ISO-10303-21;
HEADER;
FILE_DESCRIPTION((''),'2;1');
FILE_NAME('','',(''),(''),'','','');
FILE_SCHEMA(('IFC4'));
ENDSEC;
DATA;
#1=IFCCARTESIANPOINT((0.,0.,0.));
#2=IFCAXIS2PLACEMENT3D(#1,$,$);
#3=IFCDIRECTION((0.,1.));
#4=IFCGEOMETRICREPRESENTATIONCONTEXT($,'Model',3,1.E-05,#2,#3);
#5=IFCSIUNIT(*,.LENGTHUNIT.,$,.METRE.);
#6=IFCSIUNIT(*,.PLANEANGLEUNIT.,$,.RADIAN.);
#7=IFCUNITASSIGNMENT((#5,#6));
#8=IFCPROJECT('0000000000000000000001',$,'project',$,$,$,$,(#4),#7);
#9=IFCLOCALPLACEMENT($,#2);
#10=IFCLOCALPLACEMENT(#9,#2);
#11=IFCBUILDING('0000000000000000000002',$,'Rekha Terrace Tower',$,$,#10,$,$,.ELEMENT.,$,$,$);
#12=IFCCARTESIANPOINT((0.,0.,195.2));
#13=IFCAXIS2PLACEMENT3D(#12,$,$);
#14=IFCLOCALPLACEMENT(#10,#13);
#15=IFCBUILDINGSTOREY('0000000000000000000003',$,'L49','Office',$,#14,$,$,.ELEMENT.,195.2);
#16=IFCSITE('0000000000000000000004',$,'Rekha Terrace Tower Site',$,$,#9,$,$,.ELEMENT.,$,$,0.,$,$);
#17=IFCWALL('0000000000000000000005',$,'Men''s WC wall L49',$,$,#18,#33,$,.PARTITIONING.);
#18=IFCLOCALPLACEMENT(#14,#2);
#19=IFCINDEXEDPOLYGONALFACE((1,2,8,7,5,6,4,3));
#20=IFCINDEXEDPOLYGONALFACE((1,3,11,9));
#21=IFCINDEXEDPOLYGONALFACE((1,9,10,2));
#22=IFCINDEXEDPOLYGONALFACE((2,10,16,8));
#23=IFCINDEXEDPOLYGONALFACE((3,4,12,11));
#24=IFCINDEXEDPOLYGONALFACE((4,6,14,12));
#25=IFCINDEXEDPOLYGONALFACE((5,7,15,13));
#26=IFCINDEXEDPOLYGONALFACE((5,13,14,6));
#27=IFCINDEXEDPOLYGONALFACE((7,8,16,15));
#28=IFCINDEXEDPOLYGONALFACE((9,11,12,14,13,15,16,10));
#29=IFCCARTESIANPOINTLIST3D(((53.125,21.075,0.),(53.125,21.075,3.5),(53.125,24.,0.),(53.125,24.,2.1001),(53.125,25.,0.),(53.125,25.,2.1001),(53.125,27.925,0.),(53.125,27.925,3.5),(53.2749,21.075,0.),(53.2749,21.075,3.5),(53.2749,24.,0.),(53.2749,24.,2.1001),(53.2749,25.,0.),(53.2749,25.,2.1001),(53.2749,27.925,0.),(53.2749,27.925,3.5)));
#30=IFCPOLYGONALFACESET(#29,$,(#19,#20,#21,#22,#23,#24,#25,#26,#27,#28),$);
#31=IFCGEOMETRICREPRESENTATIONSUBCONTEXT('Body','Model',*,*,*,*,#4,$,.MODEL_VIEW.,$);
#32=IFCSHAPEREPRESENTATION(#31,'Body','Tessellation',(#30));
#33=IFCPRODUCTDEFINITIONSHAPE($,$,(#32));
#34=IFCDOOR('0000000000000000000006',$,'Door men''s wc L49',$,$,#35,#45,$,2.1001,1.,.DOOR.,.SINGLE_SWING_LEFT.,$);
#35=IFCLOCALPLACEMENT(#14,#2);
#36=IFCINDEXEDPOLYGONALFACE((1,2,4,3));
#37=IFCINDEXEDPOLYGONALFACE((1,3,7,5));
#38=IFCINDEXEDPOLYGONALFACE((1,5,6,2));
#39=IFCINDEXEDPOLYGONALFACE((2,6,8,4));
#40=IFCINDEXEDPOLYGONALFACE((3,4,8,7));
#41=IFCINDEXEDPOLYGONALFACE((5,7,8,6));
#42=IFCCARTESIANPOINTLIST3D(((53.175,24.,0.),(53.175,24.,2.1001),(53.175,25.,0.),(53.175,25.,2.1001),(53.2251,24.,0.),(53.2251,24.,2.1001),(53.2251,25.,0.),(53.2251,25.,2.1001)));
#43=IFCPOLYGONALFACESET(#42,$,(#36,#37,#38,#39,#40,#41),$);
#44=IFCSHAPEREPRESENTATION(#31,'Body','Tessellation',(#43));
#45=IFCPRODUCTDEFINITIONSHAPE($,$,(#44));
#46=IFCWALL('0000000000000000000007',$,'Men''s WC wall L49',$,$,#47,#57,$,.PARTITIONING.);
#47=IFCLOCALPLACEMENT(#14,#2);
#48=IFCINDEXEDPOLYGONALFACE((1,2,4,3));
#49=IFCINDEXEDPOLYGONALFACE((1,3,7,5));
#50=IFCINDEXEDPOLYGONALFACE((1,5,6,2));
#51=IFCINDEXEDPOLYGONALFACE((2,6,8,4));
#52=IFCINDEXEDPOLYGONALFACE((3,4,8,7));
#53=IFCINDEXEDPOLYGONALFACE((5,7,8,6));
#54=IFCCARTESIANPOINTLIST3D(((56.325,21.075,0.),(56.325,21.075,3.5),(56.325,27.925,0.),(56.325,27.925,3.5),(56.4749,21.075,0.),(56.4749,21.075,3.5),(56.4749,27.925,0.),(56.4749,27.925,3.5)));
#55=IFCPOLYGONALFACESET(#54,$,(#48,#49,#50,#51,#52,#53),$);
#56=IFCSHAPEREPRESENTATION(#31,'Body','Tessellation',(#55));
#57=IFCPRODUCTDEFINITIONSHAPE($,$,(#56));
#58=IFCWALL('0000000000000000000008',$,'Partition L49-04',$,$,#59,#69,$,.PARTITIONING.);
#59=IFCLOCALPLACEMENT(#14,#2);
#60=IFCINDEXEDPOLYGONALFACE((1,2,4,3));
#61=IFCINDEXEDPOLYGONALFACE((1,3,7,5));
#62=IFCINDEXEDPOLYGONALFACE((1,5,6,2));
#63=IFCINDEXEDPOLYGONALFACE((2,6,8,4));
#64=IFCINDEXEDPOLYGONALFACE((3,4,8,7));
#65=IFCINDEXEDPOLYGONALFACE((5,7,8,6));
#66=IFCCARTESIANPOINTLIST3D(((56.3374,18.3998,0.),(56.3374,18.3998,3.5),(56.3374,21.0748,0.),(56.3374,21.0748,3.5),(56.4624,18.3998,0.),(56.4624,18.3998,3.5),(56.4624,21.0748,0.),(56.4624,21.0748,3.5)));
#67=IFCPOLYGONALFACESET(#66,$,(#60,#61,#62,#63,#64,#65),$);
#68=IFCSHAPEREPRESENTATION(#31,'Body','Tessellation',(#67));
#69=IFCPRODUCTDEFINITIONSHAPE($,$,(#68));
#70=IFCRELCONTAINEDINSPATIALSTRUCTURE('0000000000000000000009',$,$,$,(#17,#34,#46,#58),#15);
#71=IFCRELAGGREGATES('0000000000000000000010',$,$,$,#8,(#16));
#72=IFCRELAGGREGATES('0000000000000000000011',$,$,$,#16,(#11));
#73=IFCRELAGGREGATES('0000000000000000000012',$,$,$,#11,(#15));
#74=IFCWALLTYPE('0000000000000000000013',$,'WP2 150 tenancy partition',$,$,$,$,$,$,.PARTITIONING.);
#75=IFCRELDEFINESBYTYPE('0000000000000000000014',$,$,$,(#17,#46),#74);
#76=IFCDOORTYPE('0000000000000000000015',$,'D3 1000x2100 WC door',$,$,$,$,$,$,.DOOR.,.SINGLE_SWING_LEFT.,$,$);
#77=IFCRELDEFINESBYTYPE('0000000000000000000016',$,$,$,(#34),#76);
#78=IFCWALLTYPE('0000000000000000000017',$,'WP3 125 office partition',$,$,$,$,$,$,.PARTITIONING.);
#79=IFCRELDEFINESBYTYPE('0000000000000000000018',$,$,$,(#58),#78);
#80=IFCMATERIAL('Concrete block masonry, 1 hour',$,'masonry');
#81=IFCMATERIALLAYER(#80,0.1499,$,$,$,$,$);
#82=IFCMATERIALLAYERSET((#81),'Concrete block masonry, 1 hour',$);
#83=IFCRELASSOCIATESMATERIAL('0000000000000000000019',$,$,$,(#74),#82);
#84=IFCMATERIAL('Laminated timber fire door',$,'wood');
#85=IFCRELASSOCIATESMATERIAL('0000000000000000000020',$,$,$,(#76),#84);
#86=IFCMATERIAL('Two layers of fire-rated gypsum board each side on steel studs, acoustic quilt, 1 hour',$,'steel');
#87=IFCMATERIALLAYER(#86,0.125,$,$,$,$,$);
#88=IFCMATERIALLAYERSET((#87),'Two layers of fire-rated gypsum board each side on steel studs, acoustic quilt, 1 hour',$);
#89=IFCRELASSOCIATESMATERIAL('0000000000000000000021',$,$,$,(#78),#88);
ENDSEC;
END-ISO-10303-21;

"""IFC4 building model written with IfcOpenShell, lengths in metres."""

from ifc_helpers import new_model, si_unit, direction, frame, frame_2d, origin, place, context, subcontext, project, spatial, rectangle, extrude, material, layer, layer_set, type_object, element, fill, save


model = new_model("IFC4")

# Units and contexts
model_context = context("Model", 3, precision=1e-05, world=origin(), true_north=direction((0.0, 1.0)))
body_context = subcontext(model_context, "Body", "Model", "MODEL_VIEW")
ifc_project = project(units=[si_unit("LENGTHUNIT", "METRE"), si_unit("PLANEANGLEUNIT", "RADIAN")], contexts=[model_context])

# Site, building, storey
site_placement = place(None, origin())
site = spatial("IfcSite", under=ifc_project, at=site_placement, Name="Rekha Terrace Tower Site", CompositionType="ELEMENT", RefElevation=0.0)
building_placement = place(site_placement, origin())
building = spatial("IfcBuilding", under=site, at=building_placement, Name="Rekha Terrace Tower", CompositionType="ELEMENT")
storey_placement = place(building_placement, frame((0.0, 0.0, 195.2)))
storey = spatial("IfcBuildingStorey", under=building, at=storey_placement, Name="L49", Description="Office", CompositionType="ELEMENT", Elevation=195.2)

# Shared definitions
ifc_material_1 = material(Name="Concrete block masonry, 1 hour", Category="masonry")
ifc_layer_1 = layer(ifc_material_1, 0.1499)
ifc_layer_set_1 = layer_set([ifc_layer_1], Name="Concrete block masonry, 1 hour")
wall_type_1 = type_object("IfcWallType", Name="WP2 150 tenancy partition", PredefinedType="PARTITIONING", material=ifc_layer_set_1)

# Wall, opening, door
wall_1_placement = place(storey_placement, frame((53.2, 21.075, 0.0), z_axis=(0.0, 0.0, 1.0), x_axis=(0.0, 1.0, 0.0)))
wall_1 = element("IfcWall", 1, at=wall_1_placement, inside=storey, type_object=wall_type_1, Name="Men's WC wall L49", PredefinedType="PARTITIONING", context=body_context, shape_type="SweptSolid", body=[
    extrude(rectangle(XDim=6.8501, YDim=0.1499, at=frame_2d((3.425, 0.0))), origin(), (0.0, 0.0, 1.0), 3.5),
])
opening_placement = place(wall_1_placement, frame((2.925, 0.0, 0.0)))
opening = element("IfcOpeningElement", 2, at=opening_placement, cuts=wall_1, PredefinedType="OPENING", context=body_context, shape_type="SweptSolid", body=[
    extrude(rectangle(XDim=1.0, YDim=2.1001, at=frame_2d((0.5, 1.05))), frame((0.0, 0.085, 0.0), z_axis=(0.0, -1.0, 0.0), x_axis=(1.0, 0.0, 0.0)), (0.0, 0.0, 1.0), 0.1699),
])
ifc_material_2 = material(Name="Laminated timber fire door", Category="wood")
door_type = type_object("IfcDoorType", Name="D3 1000x2100 WC door", OperationType="SINGLE_SWING_LEFT", PredefinedType="DOOR", material=ifc_material_2)
door_placement = place(opening_placement, origin())
door = element("IfcDoor", 3, at=door_placement, inside=storey, type_object=door_type, Name="Door men's wc L49", OperationType="SINGLE_SWING_LEFT", OverallHeight=2.1001, OverallWidth=1.0, PredefinedType="DOOR", context=body_context, shape_type="SweptSolid", body=[
    extrude(rectangle(XDim=1.0, YDim=2.1001, at=frame_2d((0.5, 1.05))), frame((0.0, 0.0249, 0.0), z_axis=(0.0, -1.0, 0.0), x_axis=(1.0, 0.0, 0.0)), (0.0, 0.0, 1.0), 0.05),
])
fill(opening, door)

# Walls
wall_2_placement = place(storey_placement, frame((56.3999, 21.075, 0.0), z_axis=(0.0, 0.0, 1.0), x_axis=(0.0, 1.0, 0.0)))
element("IfcWall", 4, at=wall_2_placement, inside=storey, type_object=wall_type_1, Name="Men's WC wall L49", PredefinedType="PARTITIONING", context=body_context, shape_type="SweptSolid", body=[
    extrude(rectangle(XDim=6.8501, YDim=0.1499, at=frame_2d((3.425, 0.0))), origin(), (0.0, 0.0, 1.0), 3.5),
])
ifc_material_3 = material(Name="Two layers of fire-rated gypsum board each side on steel studs, acoustic quilt, 1 hour", Category="steel")
ifc_layer_2 = layer(ifc_material_3, 0.125)
ifc_layer_set_2 = layer_set([ifc_layer_2], Name="Two layers of fire-rated gypsum board each side on steel studs, acoustic quilt, 1 hour")
wall_type_2 = type_object("IfcWallType", Name="WP3 125 office partition", PredefinedType="PARTITIONING", material=ifc_layer_set_2)
wall_3_placement = place(storey_placement, frame((56.3999, 18.3999, 0.0), z_axis=(0.0, 0.0, 1.0), x_axis=(0.0, 1.0, 0.0)))
element("IfcWall", 5, at=wall_3_placement, inside=storey, type_object=wall_type_2, Name="Partition L49-04", PredefinedType="PARTITIONING", context=body_context, shape_type="SweptSolid", body=[
    extrude(rectangle(XDim=2.675, YDim=0.125, at=frame_2d((1.3374, 0.0))), origin(), (0.0, 0.0, 1.0), 3.5),
])

save(model, "model.ifc")
